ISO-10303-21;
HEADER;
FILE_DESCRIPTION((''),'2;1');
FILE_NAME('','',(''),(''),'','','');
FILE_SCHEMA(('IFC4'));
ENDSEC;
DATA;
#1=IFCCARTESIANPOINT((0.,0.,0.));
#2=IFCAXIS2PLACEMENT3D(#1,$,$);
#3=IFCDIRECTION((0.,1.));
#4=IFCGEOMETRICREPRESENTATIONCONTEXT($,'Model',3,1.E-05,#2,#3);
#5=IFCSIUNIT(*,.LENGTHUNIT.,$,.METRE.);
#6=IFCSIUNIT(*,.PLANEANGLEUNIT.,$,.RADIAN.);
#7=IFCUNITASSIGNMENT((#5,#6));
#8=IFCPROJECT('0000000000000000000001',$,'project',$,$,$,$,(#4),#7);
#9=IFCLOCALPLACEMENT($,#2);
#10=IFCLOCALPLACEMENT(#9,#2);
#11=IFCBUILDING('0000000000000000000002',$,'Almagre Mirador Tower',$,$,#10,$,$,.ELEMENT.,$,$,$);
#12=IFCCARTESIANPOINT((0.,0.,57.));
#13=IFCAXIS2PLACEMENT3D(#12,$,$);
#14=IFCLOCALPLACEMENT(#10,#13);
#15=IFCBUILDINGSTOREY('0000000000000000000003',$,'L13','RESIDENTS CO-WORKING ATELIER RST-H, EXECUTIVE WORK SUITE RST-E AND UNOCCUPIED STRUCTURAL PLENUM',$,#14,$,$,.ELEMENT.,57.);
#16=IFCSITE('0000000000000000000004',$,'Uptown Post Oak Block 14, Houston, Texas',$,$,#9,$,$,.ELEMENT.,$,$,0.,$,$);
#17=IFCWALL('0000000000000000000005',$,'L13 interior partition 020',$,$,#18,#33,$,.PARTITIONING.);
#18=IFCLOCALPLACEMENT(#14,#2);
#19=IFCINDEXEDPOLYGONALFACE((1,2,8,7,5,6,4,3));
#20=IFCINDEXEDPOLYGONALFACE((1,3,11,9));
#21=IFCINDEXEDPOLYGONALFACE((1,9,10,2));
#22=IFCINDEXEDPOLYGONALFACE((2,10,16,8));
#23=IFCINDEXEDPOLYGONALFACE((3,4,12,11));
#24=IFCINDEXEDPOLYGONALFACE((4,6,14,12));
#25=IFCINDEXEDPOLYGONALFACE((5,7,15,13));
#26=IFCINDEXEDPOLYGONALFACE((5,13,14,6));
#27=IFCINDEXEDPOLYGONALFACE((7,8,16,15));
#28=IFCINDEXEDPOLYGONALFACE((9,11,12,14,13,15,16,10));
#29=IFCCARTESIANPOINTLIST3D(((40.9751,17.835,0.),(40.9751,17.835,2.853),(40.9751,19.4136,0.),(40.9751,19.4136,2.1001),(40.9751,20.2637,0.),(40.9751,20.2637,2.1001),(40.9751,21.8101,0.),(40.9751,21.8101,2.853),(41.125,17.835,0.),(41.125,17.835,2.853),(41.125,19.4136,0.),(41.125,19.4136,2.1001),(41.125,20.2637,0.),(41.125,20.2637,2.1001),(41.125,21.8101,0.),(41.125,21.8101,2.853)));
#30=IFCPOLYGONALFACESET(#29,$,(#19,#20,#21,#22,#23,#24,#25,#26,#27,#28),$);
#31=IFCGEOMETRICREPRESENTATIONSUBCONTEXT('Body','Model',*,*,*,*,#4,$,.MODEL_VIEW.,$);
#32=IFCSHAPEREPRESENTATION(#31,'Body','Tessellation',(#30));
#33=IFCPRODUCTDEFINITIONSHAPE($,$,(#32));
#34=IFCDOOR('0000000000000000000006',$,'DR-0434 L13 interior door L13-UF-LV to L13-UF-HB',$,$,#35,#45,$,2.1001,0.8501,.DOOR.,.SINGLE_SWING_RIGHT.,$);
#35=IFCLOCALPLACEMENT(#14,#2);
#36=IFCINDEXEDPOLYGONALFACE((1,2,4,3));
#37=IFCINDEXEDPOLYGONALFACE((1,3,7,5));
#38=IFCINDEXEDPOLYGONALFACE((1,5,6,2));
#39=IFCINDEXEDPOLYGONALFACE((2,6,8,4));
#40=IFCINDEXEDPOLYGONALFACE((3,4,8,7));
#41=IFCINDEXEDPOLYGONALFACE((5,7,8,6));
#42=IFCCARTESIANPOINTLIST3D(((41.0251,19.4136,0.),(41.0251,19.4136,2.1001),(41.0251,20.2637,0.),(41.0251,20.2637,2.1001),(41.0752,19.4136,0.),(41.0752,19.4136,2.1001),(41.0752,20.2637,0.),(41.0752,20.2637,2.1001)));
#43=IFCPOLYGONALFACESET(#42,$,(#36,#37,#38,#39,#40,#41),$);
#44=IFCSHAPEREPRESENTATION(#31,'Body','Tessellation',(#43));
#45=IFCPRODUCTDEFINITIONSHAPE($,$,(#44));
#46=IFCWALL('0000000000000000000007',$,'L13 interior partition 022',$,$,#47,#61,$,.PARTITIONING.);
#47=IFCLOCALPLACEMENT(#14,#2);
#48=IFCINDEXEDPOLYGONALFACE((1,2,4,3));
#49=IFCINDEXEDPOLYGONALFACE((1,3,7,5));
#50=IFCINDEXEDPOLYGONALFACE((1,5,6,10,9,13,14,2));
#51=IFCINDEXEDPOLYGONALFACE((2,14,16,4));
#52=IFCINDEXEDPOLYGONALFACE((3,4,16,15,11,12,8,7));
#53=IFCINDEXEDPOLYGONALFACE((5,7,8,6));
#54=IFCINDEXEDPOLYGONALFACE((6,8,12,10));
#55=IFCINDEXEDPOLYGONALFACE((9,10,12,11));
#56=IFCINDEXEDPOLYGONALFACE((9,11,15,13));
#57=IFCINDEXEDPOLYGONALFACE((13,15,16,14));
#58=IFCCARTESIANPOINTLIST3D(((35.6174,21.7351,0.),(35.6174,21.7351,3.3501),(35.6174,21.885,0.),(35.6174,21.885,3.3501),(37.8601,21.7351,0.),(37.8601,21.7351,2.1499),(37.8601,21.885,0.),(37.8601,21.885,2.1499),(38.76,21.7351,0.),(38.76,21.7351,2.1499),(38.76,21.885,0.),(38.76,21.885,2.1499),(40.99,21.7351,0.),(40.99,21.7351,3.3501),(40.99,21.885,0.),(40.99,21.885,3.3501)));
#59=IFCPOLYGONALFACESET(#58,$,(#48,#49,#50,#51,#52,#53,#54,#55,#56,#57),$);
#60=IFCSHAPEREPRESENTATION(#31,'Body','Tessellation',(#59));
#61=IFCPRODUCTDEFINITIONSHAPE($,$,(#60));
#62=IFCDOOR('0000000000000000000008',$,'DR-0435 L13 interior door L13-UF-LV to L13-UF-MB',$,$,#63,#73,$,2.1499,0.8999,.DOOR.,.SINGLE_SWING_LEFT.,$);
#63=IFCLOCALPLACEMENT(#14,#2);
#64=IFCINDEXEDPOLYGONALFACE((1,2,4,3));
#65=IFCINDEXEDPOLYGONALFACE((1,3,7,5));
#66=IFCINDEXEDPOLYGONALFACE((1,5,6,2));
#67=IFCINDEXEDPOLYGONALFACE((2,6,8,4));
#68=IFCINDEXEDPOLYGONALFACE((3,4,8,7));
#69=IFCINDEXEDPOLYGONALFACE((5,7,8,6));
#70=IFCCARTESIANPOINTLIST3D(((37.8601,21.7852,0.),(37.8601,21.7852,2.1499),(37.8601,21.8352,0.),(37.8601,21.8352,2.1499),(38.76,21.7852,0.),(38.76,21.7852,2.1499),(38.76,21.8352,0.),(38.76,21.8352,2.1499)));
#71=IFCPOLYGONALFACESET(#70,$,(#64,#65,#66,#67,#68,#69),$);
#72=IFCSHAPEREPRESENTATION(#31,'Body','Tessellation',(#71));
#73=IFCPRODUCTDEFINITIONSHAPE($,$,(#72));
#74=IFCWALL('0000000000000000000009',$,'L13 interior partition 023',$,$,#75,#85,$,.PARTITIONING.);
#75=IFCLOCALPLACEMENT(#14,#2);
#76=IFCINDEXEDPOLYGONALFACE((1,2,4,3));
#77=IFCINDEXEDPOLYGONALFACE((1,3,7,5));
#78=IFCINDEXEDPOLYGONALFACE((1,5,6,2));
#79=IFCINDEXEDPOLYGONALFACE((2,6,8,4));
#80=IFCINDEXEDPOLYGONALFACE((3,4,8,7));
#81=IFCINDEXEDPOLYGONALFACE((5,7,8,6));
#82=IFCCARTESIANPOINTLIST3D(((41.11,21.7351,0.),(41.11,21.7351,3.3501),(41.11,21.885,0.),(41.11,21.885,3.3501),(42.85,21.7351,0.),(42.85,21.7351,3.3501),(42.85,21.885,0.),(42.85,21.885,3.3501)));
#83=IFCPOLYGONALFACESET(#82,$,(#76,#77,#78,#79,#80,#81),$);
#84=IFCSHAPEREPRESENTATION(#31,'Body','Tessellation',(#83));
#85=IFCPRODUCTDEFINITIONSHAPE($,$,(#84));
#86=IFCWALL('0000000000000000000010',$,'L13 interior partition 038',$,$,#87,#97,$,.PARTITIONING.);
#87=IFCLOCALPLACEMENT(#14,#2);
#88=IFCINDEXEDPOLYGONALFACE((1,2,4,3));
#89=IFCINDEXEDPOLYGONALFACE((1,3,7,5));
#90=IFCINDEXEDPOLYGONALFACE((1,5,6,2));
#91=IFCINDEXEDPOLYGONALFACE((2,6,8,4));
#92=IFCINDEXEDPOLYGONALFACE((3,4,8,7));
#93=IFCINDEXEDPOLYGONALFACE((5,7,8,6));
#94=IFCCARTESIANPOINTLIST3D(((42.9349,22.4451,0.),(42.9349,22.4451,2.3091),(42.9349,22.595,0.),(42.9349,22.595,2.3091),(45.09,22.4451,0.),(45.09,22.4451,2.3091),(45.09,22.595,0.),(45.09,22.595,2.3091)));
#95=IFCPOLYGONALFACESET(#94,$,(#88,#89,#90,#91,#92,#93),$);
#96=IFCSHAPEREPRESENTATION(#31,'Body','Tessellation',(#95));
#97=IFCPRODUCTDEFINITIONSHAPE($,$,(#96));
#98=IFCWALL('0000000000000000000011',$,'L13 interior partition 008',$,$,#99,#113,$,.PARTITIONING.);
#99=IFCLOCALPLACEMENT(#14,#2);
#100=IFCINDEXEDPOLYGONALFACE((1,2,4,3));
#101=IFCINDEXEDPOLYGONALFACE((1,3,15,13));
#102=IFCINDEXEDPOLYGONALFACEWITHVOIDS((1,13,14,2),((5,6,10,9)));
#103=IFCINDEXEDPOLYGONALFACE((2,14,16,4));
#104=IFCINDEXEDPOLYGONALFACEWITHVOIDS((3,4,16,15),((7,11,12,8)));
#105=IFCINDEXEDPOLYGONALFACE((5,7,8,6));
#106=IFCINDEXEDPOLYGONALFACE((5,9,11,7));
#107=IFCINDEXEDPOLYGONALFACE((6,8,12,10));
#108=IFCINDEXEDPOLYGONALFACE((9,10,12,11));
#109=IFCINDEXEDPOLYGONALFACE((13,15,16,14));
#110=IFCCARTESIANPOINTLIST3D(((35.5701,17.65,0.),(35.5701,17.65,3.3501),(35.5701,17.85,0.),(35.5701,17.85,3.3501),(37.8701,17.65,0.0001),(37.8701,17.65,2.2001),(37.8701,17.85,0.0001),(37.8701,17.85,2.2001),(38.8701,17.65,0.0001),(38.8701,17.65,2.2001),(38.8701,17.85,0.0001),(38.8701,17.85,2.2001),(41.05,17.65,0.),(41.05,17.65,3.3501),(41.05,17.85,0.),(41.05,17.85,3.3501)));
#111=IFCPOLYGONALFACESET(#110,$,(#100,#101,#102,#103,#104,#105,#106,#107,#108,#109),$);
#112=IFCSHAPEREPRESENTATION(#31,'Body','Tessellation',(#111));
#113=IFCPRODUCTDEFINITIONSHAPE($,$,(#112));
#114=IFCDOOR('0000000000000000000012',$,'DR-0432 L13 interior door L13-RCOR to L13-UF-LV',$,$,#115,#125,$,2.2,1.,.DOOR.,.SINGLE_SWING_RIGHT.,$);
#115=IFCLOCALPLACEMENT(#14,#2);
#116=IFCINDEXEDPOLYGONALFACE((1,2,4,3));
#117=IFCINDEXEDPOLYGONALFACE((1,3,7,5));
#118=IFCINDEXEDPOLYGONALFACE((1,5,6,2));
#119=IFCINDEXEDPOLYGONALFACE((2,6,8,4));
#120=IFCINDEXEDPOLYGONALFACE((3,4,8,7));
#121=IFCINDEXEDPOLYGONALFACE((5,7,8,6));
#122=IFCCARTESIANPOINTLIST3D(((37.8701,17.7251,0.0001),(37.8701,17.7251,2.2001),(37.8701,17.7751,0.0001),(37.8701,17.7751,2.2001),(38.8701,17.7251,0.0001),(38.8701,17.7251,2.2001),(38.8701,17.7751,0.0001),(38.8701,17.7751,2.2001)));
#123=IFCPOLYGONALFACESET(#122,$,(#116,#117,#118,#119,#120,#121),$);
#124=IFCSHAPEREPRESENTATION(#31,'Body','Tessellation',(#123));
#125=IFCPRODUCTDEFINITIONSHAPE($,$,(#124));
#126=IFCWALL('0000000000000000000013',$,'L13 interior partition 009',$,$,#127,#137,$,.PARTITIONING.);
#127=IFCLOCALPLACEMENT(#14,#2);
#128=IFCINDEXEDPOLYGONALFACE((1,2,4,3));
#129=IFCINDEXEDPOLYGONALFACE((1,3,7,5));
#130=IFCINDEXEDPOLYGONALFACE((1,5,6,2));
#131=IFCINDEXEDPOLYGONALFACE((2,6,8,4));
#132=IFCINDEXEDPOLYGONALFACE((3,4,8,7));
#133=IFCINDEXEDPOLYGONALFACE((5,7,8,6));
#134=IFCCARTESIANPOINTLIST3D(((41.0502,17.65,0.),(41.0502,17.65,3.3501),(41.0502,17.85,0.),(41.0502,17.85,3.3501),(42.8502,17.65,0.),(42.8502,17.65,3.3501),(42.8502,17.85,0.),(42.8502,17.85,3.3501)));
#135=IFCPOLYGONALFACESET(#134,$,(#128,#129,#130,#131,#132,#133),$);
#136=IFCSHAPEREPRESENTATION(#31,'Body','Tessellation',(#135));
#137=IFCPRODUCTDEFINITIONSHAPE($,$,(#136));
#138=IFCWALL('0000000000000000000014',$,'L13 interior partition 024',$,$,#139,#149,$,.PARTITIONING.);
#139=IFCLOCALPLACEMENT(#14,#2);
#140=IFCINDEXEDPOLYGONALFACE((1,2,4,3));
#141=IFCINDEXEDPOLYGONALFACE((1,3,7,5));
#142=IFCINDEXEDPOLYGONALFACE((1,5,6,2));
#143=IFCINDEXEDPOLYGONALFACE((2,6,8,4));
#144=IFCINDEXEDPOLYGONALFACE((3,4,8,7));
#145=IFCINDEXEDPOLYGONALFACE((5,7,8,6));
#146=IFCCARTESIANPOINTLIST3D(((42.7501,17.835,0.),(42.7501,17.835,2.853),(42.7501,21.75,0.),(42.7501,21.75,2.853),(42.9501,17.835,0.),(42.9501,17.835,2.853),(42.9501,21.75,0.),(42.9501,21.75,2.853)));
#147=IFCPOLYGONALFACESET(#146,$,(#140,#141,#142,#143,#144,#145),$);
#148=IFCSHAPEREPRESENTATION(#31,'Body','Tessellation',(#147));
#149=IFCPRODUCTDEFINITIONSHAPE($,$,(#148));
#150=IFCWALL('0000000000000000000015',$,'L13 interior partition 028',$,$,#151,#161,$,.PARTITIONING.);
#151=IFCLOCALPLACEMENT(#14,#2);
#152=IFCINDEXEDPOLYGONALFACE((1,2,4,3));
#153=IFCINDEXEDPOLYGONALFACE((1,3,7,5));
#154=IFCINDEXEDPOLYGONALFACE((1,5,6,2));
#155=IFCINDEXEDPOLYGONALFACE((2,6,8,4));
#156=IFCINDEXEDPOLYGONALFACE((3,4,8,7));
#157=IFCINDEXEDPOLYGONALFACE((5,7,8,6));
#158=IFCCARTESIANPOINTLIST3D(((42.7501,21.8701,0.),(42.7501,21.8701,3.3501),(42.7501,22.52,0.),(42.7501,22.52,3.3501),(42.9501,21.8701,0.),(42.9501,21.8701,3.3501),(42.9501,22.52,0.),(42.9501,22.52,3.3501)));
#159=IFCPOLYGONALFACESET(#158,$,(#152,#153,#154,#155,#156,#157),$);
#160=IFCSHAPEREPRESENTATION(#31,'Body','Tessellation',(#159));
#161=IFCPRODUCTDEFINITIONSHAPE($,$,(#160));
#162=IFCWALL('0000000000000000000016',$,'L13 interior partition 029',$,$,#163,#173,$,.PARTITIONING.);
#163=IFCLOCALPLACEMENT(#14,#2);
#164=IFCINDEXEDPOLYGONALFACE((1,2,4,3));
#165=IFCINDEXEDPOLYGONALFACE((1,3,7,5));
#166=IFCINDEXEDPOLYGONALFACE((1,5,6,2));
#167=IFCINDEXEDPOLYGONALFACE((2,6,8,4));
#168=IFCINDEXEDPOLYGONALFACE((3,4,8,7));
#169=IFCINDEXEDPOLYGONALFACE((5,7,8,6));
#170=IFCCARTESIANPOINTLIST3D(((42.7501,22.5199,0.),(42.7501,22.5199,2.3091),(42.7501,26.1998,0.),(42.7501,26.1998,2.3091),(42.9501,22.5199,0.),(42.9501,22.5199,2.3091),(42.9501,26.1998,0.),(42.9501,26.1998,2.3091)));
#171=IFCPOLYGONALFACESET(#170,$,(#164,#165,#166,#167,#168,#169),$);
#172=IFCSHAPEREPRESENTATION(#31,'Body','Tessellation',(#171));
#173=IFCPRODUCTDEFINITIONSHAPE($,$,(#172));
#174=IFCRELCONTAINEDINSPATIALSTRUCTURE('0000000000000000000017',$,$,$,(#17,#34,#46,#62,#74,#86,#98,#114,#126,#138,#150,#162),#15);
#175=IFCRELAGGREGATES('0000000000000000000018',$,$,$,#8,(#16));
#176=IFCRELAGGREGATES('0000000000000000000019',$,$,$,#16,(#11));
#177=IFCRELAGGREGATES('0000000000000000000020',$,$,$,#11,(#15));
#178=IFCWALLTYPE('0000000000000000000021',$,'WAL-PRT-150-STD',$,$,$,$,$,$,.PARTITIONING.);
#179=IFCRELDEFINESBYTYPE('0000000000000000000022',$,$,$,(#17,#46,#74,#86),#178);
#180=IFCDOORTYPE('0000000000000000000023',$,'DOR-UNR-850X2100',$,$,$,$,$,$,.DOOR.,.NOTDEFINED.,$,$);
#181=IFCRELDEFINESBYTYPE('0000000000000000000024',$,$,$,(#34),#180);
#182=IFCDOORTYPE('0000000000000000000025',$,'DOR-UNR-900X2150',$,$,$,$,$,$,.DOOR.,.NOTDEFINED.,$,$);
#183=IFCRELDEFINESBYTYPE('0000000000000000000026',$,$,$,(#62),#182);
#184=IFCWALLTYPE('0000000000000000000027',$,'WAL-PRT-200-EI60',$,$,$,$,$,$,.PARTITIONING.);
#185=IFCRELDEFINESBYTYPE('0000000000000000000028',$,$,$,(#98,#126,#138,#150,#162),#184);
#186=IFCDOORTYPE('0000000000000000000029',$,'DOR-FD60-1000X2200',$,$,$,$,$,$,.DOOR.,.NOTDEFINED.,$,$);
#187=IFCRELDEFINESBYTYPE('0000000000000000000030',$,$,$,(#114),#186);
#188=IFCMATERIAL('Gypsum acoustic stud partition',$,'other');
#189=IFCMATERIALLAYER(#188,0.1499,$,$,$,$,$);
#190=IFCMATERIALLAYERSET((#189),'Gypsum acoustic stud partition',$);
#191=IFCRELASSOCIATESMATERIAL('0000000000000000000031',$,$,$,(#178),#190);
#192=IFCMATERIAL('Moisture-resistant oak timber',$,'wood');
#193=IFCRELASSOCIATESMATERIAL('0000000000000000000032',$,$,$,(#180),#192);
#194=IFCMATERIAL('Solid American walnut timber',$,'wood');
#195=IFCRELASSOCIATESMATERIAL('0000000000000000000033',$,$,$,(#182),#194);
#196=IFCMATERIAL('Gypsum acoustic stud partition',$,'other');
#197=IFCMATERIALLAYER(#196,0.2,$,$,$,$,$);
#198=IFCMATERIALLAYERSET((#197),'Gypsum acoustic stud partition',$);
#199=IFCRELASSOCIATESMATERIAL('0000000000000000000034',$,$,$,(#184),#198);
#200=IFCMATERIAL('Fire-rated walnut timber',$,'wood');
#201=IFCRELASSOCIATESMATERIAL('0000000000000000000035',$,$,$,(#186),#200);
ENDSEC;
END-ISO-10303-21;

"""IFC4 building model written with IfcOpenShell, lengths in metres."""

from ifc_helpers import new_model, si_unit, direction, frame, frame_2d, origin, place, context, subcontext, project, spatial, rectangle, extrude, material, layer, layer_set, type_object, element, fill, save


model = new_model("IFC4")

# Units and contexts
model_context = context("Model", 3, precision=1e-05, world=origin(), true_north=direction((0.0, 1.0)))
body_context = subcontext(model_context, "Body", "Model", "MODEL_VIEW")
ifc_project = project(units=[si_unit("LENGTHUNIT", "METRE"), si_unit("PLANEANGLEUNIT", "RADIAN")], contexts=[model_context])

# Site, building, storey
site_placement = place(None, origin())
site = spatial("IfcSite", under=ifc_project, at=site_placement, Name="Uptown Post Oak Block 14, Houston, Texas", CompositionType="ELEMENT", RefElevation=0.0)
building_placement = place(site_placement, origin())
building = spatial("IfcBuilding", under=site, at=building_placement, Name="Almagre Mirador Tower", CompositionType="ELEMENT")
storey_placement = place(building_placement, frame((0.0, 0.0, 57.0)))
storey = spatial("IfcBuildingStorey", under=building, at=storey_placement, Name="L13", Description="RESIDENTS CO-WORKING ATELIER RST-H, EXECUTIVE WORK SUITE RST-E AND UNOCCUPIED STRUCTURAL PLENUM", CompositionType="ELEMENT", Elevation=57.0)

# Walls, openings, doors
ifc_material_1 = material(Name="Gypsum acoustic stud partition", Category="other")
ifc_layer_1 = layer(ifc_material_1, 0.1499)
ifc_layer_set_1 = layer_set([ifc_layer_1], Name="Gypsum acoustic stud partition")
wall_type_1 = type_object("IfcWallType", Name="WAL-PRT-150-STD", PredefinedType="PARTITIONING", material=ifc_layer_set_1)
wall_1_placement = place(storey_placement, frame((41.05, 17.835, 0.0), z_axis=(0.0, 0.0, 1.0), x_axis=(0.0, 1.0, 0.0)))
wall_1 = element("IfcWall", 1, at=wall_1_placement, inside=storey, type_object=wall_type_1, Name="L13 interior partition 020", PredefinedType="PARTITIONING", context=body_context, shape_type="SweptSolid", body=[
    extrude(rectangle(XDim=3.9751, YDim=0.1499, at=frame_2d((1.9875, 0.0))), origin(), (0.0, 0.0, 1.0), 2.853),
])
opening_1_placement = place(wall_1_placement, frame((1.5786, 0.0, 0.0)))
opening_1 = element("IfcOpeningElement", 2, at=opening_1_placement, cuts=wall_1, PredefinedType="OPENING", context=body_context, shape_type="SweptSolid", body=[
    extrude(rectangle(XDim=0.8501, YDim=2.1001, at=frame_2d((0.425, 1.05))), frame((0.0, 0.085, 0.0), z_axis=(0.0, -1.0, 0.0), x_axis=(1.0, 0.0, 0.0)), (0.0, 0.0, 1.0), 0.1699),
])
ifc_material_2 = material(Name="Moisture-resistant oak timber", Category="wood")
door_type_1 = type_object("IfcDoorType", Name="DOR-UNR-850X2100", OperationType="NOTDEFINED", PredefinedType="DOOR", material=ifc_material_2)
door_1_placement = place(opening_1_placement, origin())
door_1 = element("IfcDoor", 3, at=door_1_placement, inside=storey, type_object=door_type_1, Name="DR-0434 L13 interior door L13-UF-LV to L13-UF-HB", OperationType="SINGLE_SWING_RIGHT", OverallHeight=2.1001, OverallWidth=0.8501, PredefinedType="DOOR", context=body_context, shape_type="SweptSolid", body=[
    extrude(rectangle(XDim=0.8501, YDim=2.1001, at=frame_2d((0.425, 1.05))), frame((0.0, 0.0249, 0.0), z_axis=(0.0, -1.0, 0.0), x_axis=(1.0, 0.0, 0.0)), (0.0, 0.0, 1.0), 0.05),
])
fill(opening_1, door_1)
wall_2_placement = place(storey_placement, frame((40.99, 21.8101, 0.0), z_axis=(0.0, 0.0, 1.0), x_axis=(-1.0, 0.0, 0.0)))
wall_2 = element("IfcWall", 4, at=wall_2_placement, inside=storey, type_object=wall_type_1, Name="L13 interior partition 022", PredefinedType="PARTITIONING", context=body_context, shape_type="SweptSolid", body=[
    extrude(rectangle(XDim=5.3726, YDim=0.1499, at=frame_2d((2.6863, 0.0))), origin(), (0.0, 0.0, 1.0), 3.3501),
])
opening_2_placement = place(wall_2_placement, frame((2.23, 0.0, 0.0)))
opening_2 = element("IfcOpeningElement", 5, at=opening_2_placement, cuts=wall_2, PredefinedType="OPENING", context=body_context, shape_type="SweptSolid", body=[
    extrude(rectangle(XDim=0.8999, YDim=2.1499, at=frame_2d((0.45, 1.075))), frame((0.0, 0.085, 0.0), z_axis=(0.0, -1.0, 0.0), x_axis=(1.0, 0.0, 0.0)), (0.0, 0.0, 1.0), 0.1699),
])
ifc_material_3 = material(Name="Solid American walnut timber", Category="wood")
door_type_2 = type_object("IfcDoorType", Name="DOR-UNR-900X2150", OperationType="NOTDEFINED", PredefinedType="DOOR", material=ifc_material_3)
door_2_placement = place(opening_2_placement, origin())
door_2 = element("IfcDoor", 6, at=door_2_placement, inside=storey, type_object=door_type_2, Name="DR-0435 L13 interior door L13-UF-LV to L13-UF-MB", OperationType="SINGLE_SWING_LEFT", OverallHeight=2.1499, OverallWidth=0.8999, PredefinedType="DOOR", context=body_context, shape_type="SweptSolid", body=[
    extrude(rectangle(XDim=0.8999, YDim=2.1499, at=frame_2d((0.45, 1.075))), frame((0.0, 0.0249, 0.0), z_axis=(0.0, -1.0, 0.0), x_axis=(1.0, 0.0, 0.0)), (0.0, 0.0, 1.0), 0.05),
])
fill(opening_2, door_2)

# Walls
wall_3_placement = place(storey_placement, frame((42.8501, 21.8101, 0.0), z_axis=(0.0, 0.0, 1.0), x_axis=(-1.0, 0.0, 0.0)))
element("IfcWall", 7, at=wall_3_placement, inside=storey, type_object=wall_type_1, Name="L13 interior partition 023", PredefinedType="PARTITIONING", context=body_context, shape_type="SweptSolid", body=[
    extrude(rectangle(XDim=1.74, YDim=0.1499, at=frame_2d((0.8701, 0.0))), origin(), (0.0, 0.0, 1.0), 3.3501),
])
wall_4_placement = place(storey_placement, frame((45.0901, 22.52, 0.0), z_axis=(0.0, 0.0, 1.0), x_axis=(-1.0, 0.0, 0.0)))
element("IfcWall", 8, at=wall_4_placement, inside=storey, type_object=wall_type_1, Name="L13 interior partition 038", PredefinedType="PARTITIONING", context=body_context, shape_type="SweptSolid", body=[
    extrude(rectangle(XDim=2.155, YDim=0.1499, at=frame_2d((1.0776, 0.0))), origin(), (0.0, 0.0, 1.0), 2.3091),
])

# Wall, opening, door
ifc_material_4 = material(Name="Gypsum acoustic stud partition", Category="other")
ifc_layer_2 = layer(ifc_material_4, 0.2)
ifc_layer_set_2 = layer_set([ifc_layer_2], Name="Gypsum acoustic stud partition")
wall_type_2 = type_object("IfcWallType", Name="WAL-PRT-200-EI60", PredefinedType="PARTITIONING", material=ifc_layer_set_2)
wall_5_placement = place(storey_placement, frame((41.05, 17.75, 0.0), z_axis=(0.0, 0.0, 1.0), x_axis=(-1.0, 0.0, 0.0)))
wall_5 = element("IfcWall", 9, at=wall_5_placement, inside=storey, type_object=wall_type_2, Name="L13 interior partition 008", PredefinedType="PARTITIONING", context=body_context, shape_type="SweptSolid", body=[
    extrude(rectangle(XDim=5.48, YDim=0.2, at=frame_2d((2.74, 0.0))), origin(), (0.0, 0.0, 1.0), 3.3501),
])
opening_3_placement = place(wall_5_placement, frame((2.1799, 0.0, 0.0)))
opening_3 = element("IfcOpeningElement", 10, at=opening_3_placement, cuts=wall_5, PredefinedType="OPENING", context=body_context, shape_type="SweptSolid", body=[
    extrude(rectangle(XDim=1.0, YDim=2.2, at=frame_2d((0.5, 1.1001))), frame((0.0, 0.1101, 0.0), z_axis=(0.0, -1.0, 0.0), x_axis=(1.0, 0.0, 0.0)), (0.0, 0.0, 1.0), 0.22),
])
ifc_material_5 = material(Name="Fire-rated walnut timber", Category="wood")
door_type_3 = type_object("IfcDoorType", Name="DOR-FD60-1000X2200", OperationType="NOTDEFINED", PredefinedType="DOOR", material=ifc_material_5)
door_3_placement = place(opening_3_placement, origin())
door_3 = element("IfcDoor", 11, at=door_3_placement, inside=storey, type_object=door_type_3, Name="DR-0432 L13 interior door L13-RCOR to L13-UF-LV", OperationType="SINGLE_SWING_RIGHT", OverallHeight=2.2, OverallWidth=1.0, PredefinedType="DOOR", context=body_context, shape_type="SweptSolid", body=[
    extrude(rectangle(XDim=1.0, YDim=2.2, at=frame_2d((0.5, 1.1001))), frame((0.0, 0.0249, 0.0), z_axis=(0.0, -1.0, 0.0), x_axis=(1.0, 0.0, 0.0)), (0.0, 0.0, 1.0), 0.05),
])
fill(opening_3, door_3)

# Walls
wall_6_placement = place(storey_placement, frame((42.8501, 17.75, 0.0), z_axis=(0.0, 0.0, 1.0), x_axis=(-1.0, 0.0, 0.0)))
element("IfcWall", 12, at=wall_6_placement, inside=storey, type_object=wall_type_2, Name="L13 interior partition 009", PredefinedType="PARTITIONING", context=body_context, shape_type="SweptSolid", body=[
    extrude(rectangle(XDim=1.8, YDim=0.2, at=frame_2d((0.8999, 0.0))), origin(), (0.0, 0.0, 1.0), 3.3501),
])
wall_7_placement = place(storey_placement, frame((42.8501, 17.835, 0.0), z_axis=(0.0, 0.0, 1.0), x_axis=(0.0, 1.0, 0.0)))
element("IfcWall", 13, at=wall_7_placement, inside=storey, type_object=wall_type_2, Name="L13 interior partition 024", PredefinedType="PARTITIONING", context=body_context, shape_type="SweptSolid", body=[
    extrude(rectangle(XDim=3.915, YDim=0.2, at=frame_2d((1.9575, 0.0))), origin(), (0.0, 0.0, 1.0), 2.853),
])
wall_8_placement = place(storey_placement, frame((42.8501, 21.8701, 0.0), z_axis=(0.0, 0.0, 1.0), x_axis=(0.0, 1.0, 0.0)))
element("IfcWall", 14, at=wall_8_placement, inside=storey, type_object=wall_type_2, Name="L13 interior partition 028", PredefinedType="PARTITIONING", context=body_context, shape_type="SweptSolid", body=[
    extrude(rectangle(XDim=0.6499, YDim=0.2, at=frame_2d((0.325, 0.0))), origin(), (0.0, 0.0, 1.0), 3.3501),
])
wall_9_placement = place(storey_placement, frame((42.8501, 22.52, 0.0), z_axis=(0.0, 0.0, 1.0), x_axis=(0.0, 1.0, 0.0)))
element("IfcWall", 15, at=wall_9_placement, inside=storey, type_object=wall_type_2, Name="L13 interior partition 029", PredefinedType="PARTITIONING", context=body_context, shape_type="SweptSolid", body=[
    extrude(rectangle(XDim=3.6799, YDim=0.2, at=frame_2d((1.8398, 0.0))), origin(), (0.0, 0.0, 1.0), 2.3091),
])

save(model, "model.ifc")
